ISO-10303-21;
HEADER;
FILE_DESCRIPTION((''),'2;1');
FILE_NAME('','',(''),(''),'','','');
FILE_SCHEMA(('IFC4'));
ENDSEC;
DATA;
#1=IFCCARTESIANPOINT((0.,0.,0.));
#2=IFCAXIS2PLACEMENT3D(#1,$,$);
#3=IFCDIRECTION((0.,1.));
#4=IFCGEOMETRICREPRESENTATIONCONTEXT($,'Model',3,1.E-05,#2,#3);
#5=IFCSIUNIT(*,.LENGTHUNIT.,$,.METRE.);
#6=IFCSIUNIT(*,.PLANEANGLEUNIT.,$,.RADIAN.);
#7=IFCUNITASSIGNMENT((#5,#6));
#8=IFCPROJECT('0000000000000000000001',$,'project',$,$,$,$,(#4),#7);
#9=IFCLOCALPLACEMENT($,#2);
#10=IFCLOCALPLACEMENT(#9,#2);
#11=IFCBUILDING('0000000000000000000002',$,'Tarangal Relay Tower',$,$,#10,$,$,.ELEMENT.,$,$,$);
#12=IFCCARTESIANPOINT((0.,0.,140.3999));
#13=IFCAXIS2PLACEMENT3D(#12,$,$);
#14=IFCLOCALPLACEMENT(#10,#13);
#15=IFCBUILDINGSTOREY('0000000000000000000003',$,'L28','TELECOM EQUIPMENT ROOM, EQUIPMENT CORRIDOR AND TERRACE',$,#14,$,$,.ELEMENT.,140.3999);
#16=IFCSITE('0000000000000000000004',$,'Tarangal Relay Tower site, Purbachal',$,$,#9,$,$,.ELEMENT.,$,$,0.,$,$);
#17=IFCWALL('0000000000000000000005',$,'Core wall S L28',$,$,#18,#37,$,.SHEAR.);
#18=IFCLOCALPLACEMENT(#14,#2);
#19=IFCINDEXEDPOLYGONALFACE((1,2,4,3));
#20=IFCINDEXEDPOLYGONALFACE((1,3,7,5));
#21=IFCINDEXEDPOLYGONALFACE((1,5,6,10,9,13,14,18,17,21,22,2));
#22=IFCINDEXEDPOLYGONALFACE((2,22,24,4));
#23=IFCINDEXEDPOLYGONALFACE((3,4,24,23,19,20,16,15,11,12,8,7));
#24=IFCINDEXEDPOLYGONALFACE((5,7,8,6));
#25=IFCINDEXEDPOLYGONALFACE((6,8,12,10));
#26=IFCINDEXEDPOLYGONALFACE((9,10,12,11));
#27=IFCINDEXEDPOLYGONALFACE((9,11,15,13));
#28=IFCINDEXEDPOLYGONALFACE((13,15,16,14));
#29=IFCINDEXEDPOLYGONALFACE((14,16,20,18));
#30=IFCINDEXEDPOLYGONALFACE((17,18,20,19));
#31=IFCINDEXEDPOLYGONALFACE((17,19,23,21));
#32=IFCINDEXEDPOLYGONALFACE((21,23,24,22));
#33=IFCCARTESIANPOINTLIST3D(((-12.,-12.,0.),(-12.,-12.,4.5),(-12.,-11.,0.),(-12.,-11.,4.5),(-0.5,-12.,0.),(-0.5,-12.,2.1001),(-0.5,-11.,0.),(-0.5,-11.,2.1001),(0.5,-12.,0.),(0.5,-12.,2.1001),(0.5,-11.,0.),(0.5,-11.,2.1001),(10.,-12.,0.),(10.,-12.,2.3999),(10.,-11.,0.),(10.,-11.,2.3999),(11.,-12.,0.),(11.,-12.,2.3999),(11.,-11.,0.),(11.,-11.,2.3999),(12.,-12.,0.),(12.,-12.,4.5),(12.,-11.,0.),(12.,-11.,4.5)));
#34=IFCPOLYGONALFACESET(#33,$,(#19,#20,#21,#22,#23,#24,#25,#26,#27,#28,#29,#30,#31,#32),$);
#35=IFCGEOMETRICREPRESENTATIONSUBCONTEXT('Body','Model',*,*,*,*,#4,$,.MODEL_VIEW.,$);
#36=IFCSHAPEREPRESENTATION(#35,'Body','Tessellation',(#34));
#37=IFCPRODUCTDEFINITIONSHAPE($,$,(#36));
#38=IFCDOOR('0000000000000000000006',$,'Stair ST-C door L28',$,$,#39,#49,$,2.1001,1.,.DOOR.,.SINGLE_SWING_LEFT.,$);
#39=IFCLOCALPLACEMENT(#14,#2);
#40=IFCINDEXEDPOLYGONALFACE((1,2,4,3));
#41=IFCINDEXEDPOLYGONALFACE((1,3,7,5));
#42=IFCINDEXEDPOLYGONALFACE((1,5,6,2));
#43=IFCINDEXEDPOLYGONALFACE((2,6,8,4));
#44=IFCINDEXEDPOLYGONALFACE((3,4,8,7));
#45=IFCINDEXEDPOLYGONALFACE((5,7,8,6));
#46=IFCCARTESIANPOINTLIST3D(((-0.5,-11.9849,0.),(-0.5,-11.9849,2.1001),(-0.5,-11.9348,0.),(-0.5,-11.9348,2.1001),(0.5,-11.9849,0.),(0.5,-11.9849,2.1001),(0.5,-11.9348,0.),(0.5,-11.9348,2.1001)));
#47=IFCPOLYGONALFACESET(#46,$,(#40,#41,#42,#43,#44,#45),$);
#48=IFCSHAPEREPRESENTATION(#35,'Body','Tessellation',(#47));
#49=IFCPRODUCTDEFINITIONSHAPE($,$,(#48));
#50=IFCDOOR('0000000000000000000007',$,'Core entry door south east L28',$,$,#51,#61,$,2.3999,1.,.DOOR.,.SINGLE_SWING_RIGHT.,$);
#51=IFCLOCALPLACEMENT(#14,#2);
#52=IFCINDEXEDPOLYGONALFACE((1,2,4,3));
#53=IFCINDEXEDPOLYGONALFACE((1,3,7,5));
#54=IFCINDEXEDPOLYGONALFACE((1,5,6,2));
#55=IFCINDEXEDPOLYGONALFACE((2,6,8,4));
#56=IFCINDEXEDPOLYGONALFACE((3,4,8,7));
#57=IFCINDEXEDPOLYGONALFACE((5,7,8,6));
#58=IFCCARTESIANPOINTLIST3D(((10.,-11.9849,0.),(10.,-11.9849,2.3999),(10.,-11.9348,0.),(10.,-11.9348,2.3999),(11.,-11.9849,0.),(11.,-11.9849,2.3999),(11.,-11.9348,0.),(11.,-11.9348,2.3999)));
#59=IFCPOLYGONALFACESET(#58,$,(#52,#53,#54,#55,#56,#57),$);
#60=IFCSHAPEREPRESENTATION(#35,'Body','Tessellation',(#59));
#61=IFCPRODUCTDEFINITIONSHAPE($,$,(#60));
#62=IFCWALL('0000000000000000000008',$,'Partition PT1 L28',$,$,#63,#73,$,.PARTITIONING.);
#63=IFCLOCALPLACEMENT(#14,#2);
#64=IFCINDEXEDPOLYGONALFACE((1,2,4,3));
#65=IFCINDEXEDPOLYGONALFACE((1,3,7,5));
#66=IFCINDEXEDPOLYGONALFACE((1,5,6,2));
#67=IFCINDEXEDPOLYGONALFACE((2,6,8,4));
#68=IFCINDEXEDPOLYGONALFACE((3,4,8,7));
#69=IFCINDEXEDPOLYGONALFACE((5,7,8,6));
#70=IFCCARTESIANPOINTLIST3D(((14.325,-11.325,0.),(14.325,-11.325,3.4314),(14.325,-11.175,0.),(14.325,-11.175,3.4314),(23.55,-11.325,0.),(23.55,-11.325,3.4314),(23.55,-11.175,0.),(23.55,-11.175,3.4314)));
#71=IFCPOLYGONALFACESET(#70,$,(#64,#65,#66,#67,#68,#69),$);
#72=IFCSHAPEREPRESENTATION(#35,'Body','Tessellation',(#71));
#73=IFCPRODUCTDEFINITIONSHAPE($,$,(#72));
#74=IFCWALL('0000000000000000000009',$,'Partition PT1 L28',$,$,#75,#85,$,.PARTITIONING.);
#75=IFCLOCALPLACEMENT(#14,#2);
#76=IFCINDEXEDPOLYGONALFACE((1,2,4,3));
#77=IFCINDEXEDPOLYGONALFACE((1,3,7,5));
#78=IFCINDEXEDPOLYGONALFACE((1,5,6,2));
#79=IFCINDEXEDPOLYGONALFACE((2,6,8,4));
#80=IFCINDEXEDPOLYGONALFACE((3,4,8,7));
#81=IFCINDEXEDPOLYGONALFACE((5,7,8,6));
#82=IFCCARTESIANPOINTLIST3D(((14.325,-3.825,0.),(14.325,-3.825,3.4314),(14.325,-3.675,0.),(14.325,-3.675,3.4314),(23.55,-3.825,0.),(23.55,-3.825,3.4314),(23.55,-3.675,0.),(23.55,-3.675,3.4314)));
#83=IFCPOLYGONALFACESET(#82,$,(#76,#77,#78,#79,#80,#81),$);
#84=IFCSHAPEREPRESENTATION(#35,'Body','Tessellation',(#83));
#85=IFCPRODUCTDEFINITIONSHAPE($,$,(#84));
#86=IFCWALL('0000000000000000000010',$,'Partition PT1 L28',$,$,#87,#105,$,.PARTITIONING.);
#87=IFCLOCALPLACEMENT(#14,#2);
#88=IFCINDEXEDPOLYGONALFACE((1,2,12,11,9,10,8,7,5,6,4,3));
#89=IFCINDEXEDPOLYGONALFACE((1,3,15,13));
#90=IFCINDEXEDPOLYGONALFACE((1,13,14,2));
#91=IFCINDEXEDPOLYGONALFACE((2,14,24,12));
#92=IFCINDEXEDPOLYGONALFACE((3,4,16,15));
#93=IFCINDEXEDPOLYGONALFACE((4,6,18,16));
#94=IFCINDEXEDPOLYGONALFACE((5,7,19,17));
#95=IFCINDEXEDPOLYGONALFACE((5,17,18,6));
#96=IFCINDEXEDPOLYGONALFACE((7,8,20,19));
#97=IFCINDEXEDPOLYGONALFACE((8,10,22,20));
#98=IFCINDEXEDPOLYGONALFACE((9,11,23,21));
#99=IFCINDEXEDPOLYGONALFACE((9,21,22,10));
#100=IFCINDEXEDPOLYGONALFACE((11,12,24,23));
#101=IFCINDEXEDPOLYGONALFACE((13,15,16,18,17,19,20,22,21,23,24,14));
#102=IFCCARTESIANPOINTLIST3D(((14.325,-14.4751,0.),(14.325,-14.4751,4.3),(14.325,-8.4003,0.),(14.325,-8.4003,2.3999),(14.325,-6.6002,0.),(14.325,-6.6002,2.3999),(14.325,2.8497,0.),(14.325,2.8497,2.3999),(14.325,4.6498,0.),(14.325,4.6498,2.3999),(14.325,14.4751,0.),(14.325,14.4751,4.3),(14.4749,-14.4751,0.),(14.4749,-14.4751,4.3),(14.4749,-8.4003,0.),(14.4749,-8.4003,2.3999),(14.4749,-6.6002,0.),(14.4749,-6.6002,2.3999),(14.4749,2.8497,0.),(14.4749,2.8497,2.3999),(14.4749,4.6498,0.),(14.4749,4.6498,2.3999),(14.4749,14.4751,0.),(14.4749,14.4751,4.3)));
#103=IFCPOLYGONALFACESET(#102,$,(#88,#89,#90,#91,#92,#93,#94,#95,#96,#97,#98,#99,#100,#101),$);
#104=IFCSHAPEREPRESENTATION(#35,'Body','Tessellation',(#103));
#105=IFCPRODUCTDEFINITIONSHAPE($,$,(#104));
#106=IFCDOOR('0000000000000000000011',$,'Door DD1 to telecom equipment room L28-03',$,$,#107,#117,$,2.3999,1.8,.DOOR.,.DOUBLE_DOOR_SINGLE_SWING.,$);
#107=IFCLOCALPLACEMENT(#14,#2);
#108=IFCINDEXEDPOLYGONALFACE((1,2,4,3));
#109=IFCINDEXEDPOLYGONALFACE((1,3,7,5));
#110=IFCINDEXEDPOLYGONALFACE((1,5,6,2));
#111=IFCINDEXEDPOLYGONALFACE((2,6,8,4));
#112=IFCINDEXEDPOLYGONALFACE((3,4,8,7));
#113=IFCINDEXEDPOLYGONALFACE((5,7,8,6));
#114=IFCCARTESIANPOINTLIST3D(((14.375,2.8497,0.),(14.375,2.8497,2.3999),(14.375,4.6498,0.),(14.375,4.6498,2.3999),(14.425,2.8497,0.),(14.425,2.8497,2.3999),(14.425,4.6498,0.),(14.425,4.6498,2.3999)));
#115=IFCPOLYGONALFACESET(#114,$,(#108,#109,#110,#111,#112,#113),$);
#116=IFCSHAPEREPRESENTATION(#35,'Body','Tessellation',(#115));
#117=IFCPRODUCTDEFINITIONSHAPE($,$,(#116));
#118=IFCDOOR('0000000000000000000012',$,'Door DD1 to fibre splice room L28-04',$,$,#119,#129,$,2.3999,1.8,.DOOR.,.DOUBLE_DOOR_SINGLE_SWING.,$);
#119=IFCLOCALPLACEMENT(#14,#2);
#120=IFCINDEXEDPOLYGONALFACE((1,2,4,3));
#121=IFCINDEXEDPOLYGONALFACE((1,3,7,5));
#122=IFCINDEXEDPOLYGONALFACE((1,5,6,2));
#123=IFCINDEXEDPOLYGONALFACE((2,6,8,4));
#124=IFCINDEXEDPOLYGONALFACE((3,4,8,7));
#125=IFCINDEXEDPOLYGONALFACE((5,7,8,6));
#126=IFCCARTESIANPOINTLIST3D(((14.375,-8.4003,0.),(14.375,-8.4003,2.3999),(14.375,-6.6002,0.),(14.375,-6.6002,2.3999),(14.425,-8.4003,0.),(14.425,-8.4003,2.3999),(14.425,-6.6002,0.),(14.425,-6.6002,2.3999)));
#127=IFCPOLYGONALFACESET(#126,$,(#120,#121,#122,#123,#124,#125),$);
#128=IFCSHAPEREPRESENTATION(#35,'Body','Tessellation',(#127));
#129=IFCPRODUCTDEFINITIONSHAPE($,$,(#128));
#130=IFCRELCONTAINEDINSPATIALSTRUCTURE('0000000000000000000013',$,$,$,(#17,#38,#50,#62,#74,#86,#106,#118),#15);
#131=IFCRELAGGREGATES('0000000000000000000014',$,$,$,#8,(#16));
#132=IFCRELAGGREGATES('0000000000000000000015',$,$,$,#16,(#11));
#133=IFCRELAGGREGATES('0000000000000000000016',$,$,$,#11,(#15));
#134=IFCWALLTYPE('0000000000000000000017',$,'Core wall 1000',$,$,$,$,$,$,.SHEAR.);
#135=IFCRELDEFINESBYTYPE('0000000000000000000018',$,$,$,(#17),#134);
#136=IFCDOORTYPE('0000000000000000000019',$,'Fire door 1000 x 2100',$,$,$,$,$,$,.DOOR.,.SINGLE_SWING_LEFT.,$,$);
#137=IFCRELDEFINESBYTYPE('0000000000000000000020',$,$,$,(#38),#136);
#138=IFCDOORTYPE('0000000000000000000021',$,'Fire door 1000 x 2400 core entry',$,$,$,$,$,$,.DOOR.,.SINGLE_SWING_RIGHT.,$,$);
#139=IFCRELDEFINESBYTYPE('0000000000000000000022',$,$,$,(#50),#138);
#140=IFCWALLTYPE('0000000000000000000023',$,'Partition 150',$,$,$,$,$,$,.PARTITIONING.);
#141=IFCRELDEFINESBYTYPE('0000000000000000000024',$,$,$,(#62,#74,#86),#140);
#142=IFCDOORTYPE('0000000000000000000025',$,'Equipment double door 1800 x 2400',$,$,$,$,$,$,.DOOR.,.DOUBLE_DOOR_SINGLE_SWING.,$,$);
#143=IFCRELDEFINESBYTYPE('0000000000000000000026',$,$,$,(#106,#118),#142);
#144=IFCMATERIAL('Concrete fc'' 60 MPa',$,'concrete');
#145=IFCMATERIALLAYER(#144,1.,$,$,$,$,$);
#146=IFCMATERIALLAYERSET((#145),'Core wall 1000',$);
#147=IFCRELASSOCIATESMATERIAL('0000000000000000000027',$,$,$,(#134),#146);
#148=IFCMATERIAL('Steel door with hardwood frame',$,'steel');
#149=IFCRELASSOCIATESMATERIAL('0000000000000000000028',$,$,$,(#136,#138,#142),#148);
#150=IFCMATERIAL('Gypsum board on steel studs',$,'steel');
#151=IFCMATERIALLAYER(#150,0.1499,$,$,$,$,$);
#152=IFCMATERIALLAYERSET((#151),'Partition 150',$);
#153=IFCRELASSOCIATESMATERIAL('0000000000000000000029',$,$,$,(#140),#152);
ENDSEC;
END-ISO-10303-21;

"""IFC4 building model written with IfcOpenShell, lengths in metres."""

from ifc_helpers import new_model, si_unit, direction, frame, frame_2d, origin, place, context, subcontext, project, spatial, rectangle, extrude, material, layer, layer_set, type_object, element, fill, save


model = new_model("IFC4")

# Units and contexts
model_context = context("Model", 3, precision=1e-05, world=origin(), true_north=direction((0.0, 1.0)))
body_context = subcontext(model_context, "Body", "Model", "MODEL_VIEW")
ifc_project = project(units=[si_unit("LENGTHUNIT", "METRE"), si_unit("PLANEANGLEUNIT", "RADIAN")], contexts=[model_context])

# Site, building, storey
site_placement = place(None, origin())
site = spatial("IfcSite", under=ifc_project, at=site_placement, Name="Tarangal Relay Tower site, Purbachal", CompositionType="ELEMENT", RefElevation=0.0)
building_placement = place(site_placement, origin())
building = spatial("IfcBuilding", under=site, at=building_placement, Name="Tarangal Relay Tower", CompositionType="ELEMENT")
storey_placement = place(building_placement, frame((0.0, 0.0, 140.3999)))
storey = spatial("IfcBuildingStorey", under=building, at=storey_placement, Name="L28", Description="TELECOM EQUIPMENT ROOM, EQUIPMENT CORRIDOR AND TERRACE", CompositionType="ELEMENT", Elevation=140.3999)

# Shared definitions
ifc_material_1 = material(Name="Concrete fc' 60 MPa", Category="concrete")

# Wall, openings, doors
ifc_layer_1 = layer(ifc_material_1, 1.0)
ifc_layer_set_1 = layer_set([ifc_layer_1], Name="Core wall 1000")
wall_type_1 = type_object("IfcWallType", Name="Core wall 1000", PredefinedType="SHEAR", material=ifc_layer_set_1)
wall_1_placement = place(storey_placement, frame((12.0, -11.5, 0.0), z_axis=(0.0, 0.0, 1.0), x_axis=(-1.0, 0.0, 0.0)))
wall_1 = element("IfcWall", 1, at=wall_1_placement, inside=storey, type_object=wall_type_1, Name="Core wall S L28", PredefinedType="SHEAR", context=body_context, shape_type="SweptSolid", body=[
    extrude(rectangle(XDim=24.0, YDim=1.0, at=frame_2d((12.0, 0.0))), origin(), (0.0, 0.0, 1.0), 4.5),
])
opening_1_placement = place(wall_1_placement, frame((11.5, 0.0, 0.0)))
opening_1 = element("IfcOpeningElement", 2, at=opening_1_placement, cuts=wall_1, PredefinedType="OPENING", context=body_context, shape_type="SweptSolid", body=[
    extrude(rectangle(XDim=1.0, YDim=2.1001, at=frame_2d((0.5, 1.05))), frame((0.0, 0.51, 0.0), z_axis=(0.0, -1.0, 0.0), x_axis=(1.0, 0.0, 0.0)), (0.0, 0.0, 1.0), 1.02),
])
opening_2_placement = place(wall_1_placement, frame((1.0, 0.0, 0.0)))
opening_2 = element("IfcOpeningElement", 3, at=opening_2_placement, cuts=wall_1, PredefinedType="OPENING", context=body_context, shape_type="SweptSolid", body=[
    extrude(rectangle(XDim=1.0, YDim=2.3999, at=frame_2d((0.5, 1.2))), frame((0.0, 0.51, 0.0), z_axis=(0.0, -1.0, 0.0), x_axis=(1.0, 0.0, 0.0)), (0.0, 0.0, 1.0), 1.02),
])
ifc_material_2 = material(Name="Steel door with hardwood frame", Category="steel")
door_type_1 = type_object("IfcDoorType", Name="Fire door 1000 x 2100", OperationType="SINGLE_SWING_LEFT", PredefinedType="DOOR", material=ifc_material_2)
door_1_placement = place(opening_1_placement, origin())
door_1 = element("IfcDoor", 4, at=door_1_placement, inside=storey, type_object=door_type_1, Name="Stair ST-C door L28", OperationType="SINGLE_SWING_LEFT", OverallHeight=2.1001, OverallWidth=1.0, PredefinedType="DOOR", context=body_context, shape_type="SweptSolid", body=[
    extrude(rectangle(XDim=1.0, YDim=2.1001, at=frame_2d((0.5, 1.05))), frame((0.0, 0.4849, 0.0), z_axis=(0.0, -1.0, 0.0), x_axis=(1.0, 0.0, 0.0)), (0.0, 0.0, 1.0), 0.05),
])
fill(opening_1, door_1)
door_type_2 = type_object("IfcDoorType", Name="Fire door 1000 x 2400 core entry", OperationType="SINGLE_SWING_RIGHT", PredefinedType="DOOR", material=ifc_material_2)
door_2_placement = place(opening_2_placement, origin())
door_2 = element("IfcDoor", 5, at=door_2_placement, inside=storey, type_object=door_type_2, Name="Core entry door south east L28", OperationType="SINGLE_SWING_RIGHT", OverallHeight=2.3999, OverallWidth=1.0, PredefinedType="DOOR", context=body_context, shape_type="SweptSolid", body=[
    extrude(rectangle(XDim=1.0, YDim=2.3999, at=frame_2d((0.5, 1.2))), frame((0.0, 0.4849, 0.0), z_axis=(0.0, -1.0, 0.0), x_axis=(1.0, 0.0, 0.0)), (0.0, 0.0, 1.0), 0.05),
])
fill(opening_2, door_2)

# Walls
ifc_material_3 = material(Name="Gypsum board on steel studs", Category="steel")
ifc_layer_2 = layer(ifc_material_3, 0.1499)
ifc_layer_set_2 = layer_set([ifc_layer_2], Name="Partition 150")
wall_type_2 = type_object("IfcWallType", Name="Partition 150", PredefinedType="PARTITIONING", material=ifc_layer_set_2)
for number, where, z_axis, x_axis, name in (
    (6, (14.325, -11.25, 0.0), (0.0, 0.0, 1.0), (1.0, 0.0, 0.0), "Partition PT1 L28"),
    (7, (14.325, -3.75, 0.0), (0.0, 0.0, 1.0), (1.0, 0.0, 0.0), "Partition PT1 L28"),
):
    element("IfcWall", number, at=place(storey_placement, frame(where, z_axis=z_axis, x_axis=x_axis)), inside=storey, type_object=wall_type_2, Name=name, PredefinedType="PARTITIONING", context=body_context, shape_type="SweptSolid", body=[
        extrude(rectangle(XDim=9.2251, YDim=0.1499, at=frame_2d((4.6125, 0.0))), origin(), (0.0, 0.0, 1.0), 3.4314),
    ])

# Wall, openings, doors
wall_2_placement = place(storey_placement, frame((14.3999, -14.4751, 0.0), z_axis=(0.0, 0.0, 1.0), x_axis=(0.0, 1.0, 0.0)))
wall_2 = element("IfcWall", 8, at=wall_2_placement, inside=storey, type_object=wall_type_2, Name="Partition PT1 L28", PredefinedType="PARTITIONING", context=body_context, shape_type="SweptSolid", body=[
    extrude(rectangle(XDim=28.9502, YDim=0.1499, at=frame_2d((14.4751, 0.0))), origin(), (0.0, 0.0, 1.0), 4.3),
])
opening_3_placement = place(wall_2_placement, frame((17.325, 0.0, 0.0)))
opening_3 = element("IfcOpeningElement", 9, at=opening_3_placement, cuts=wall_2, PredefinedType="OPENING", context=body_context, shape_type="SweptSolid", body=[
    extrude(rectangle(XDim=1.8, YDim=2.3999, at=frame_2d((0.8999, 1.2))), frame((0.0, 0.085, 0.0), z_axis=(0.0, -1.0, 0.0), x_axis=(1.0, 0.0, 0.0)), (0.0, 0.0, 1.0), 0.1699),
])
opening_4_placement = place(wall_2_placement, frame((6.075, 0.0, 0.0)))
opening_4 = element("IfcOpeningElement", 10, at=opening_4_placement, cuts=wall_2, PredefinedType="OPENING", context=body_context, shape_type="SweptSolid", body=[
    extrude(rectangle(XDim=1.8, YDim=2.3999, at=frame_2d((0.8999, 1.2))), frame((0.0, 0.085, 0.0), z_axis=(0.0, -1.0, 0.0), x_axis=(1.0, 0.0, 0.0)), (0.0, 0.0, 1.0), 0.1699),
])
door_type_3 = type_object("IfcDoorType", Name="Equipment double door 1800 x 2400", OperationType="DOUBLE_DOOR_SINGLE_SWING", PredefinedType="DOOR", material=ifc_material_2)
door_3_placement = place(opening_3_placement, origin())
door_3 = element("IfcDoor", 11, at=door_3_placement, inside=storey, type_object=door_type_3, Name="Door DD1 to telecom equipment room L28-03", OperationType="DOUBLE_DOOR_SINGLE_SWING", OverallHeight=2.3999, OverallWidth=1.8, PredefinedType="DOOR", context=body_context, shape_type="SweptSolid", body=[
    extrude(rectangle(XDim=1.8, YDim=2.3999, at=frame_2d((0.8999, 1.2))), frame((0.0, 0.0249, 0.0), z_axis=(0.0, -1.0, 0.0), x_axis=(1.0, 0.0, 0.0)), (0.0, 0.0, 1.0), 0.05),
])
fill(opening_3, door_3)
door_4_placement = place(opening_4_placement, origin())
door_4 = element("IfcDoor", 12, at=door_4_placement, inside=storey, type_object=door_type_3, Name="Door DD1 to fibre splice room L28-04", OperationType="DOUBLE_DOOR_SINGLE_SWING", OverallHeight=2.3999, OverallWidth=1.8, PredefinedType="DOOR", context=body_context, shape_type="SweptSolid", body=[
    extrude(rectangle(XDim=1.8, YDim=2.3999, at=frame_2d((0.8999, 1.2))), frame((0.0, 0.0249, 0.0), z_axis=(0.0, -1.0, 0.0), x_axis=(1.0, 0.0, 0.0)), (0.0, 0.0, 1.0), 0.05),
])
fill(opening_4, door_4)

save(model, "model.ifc")
